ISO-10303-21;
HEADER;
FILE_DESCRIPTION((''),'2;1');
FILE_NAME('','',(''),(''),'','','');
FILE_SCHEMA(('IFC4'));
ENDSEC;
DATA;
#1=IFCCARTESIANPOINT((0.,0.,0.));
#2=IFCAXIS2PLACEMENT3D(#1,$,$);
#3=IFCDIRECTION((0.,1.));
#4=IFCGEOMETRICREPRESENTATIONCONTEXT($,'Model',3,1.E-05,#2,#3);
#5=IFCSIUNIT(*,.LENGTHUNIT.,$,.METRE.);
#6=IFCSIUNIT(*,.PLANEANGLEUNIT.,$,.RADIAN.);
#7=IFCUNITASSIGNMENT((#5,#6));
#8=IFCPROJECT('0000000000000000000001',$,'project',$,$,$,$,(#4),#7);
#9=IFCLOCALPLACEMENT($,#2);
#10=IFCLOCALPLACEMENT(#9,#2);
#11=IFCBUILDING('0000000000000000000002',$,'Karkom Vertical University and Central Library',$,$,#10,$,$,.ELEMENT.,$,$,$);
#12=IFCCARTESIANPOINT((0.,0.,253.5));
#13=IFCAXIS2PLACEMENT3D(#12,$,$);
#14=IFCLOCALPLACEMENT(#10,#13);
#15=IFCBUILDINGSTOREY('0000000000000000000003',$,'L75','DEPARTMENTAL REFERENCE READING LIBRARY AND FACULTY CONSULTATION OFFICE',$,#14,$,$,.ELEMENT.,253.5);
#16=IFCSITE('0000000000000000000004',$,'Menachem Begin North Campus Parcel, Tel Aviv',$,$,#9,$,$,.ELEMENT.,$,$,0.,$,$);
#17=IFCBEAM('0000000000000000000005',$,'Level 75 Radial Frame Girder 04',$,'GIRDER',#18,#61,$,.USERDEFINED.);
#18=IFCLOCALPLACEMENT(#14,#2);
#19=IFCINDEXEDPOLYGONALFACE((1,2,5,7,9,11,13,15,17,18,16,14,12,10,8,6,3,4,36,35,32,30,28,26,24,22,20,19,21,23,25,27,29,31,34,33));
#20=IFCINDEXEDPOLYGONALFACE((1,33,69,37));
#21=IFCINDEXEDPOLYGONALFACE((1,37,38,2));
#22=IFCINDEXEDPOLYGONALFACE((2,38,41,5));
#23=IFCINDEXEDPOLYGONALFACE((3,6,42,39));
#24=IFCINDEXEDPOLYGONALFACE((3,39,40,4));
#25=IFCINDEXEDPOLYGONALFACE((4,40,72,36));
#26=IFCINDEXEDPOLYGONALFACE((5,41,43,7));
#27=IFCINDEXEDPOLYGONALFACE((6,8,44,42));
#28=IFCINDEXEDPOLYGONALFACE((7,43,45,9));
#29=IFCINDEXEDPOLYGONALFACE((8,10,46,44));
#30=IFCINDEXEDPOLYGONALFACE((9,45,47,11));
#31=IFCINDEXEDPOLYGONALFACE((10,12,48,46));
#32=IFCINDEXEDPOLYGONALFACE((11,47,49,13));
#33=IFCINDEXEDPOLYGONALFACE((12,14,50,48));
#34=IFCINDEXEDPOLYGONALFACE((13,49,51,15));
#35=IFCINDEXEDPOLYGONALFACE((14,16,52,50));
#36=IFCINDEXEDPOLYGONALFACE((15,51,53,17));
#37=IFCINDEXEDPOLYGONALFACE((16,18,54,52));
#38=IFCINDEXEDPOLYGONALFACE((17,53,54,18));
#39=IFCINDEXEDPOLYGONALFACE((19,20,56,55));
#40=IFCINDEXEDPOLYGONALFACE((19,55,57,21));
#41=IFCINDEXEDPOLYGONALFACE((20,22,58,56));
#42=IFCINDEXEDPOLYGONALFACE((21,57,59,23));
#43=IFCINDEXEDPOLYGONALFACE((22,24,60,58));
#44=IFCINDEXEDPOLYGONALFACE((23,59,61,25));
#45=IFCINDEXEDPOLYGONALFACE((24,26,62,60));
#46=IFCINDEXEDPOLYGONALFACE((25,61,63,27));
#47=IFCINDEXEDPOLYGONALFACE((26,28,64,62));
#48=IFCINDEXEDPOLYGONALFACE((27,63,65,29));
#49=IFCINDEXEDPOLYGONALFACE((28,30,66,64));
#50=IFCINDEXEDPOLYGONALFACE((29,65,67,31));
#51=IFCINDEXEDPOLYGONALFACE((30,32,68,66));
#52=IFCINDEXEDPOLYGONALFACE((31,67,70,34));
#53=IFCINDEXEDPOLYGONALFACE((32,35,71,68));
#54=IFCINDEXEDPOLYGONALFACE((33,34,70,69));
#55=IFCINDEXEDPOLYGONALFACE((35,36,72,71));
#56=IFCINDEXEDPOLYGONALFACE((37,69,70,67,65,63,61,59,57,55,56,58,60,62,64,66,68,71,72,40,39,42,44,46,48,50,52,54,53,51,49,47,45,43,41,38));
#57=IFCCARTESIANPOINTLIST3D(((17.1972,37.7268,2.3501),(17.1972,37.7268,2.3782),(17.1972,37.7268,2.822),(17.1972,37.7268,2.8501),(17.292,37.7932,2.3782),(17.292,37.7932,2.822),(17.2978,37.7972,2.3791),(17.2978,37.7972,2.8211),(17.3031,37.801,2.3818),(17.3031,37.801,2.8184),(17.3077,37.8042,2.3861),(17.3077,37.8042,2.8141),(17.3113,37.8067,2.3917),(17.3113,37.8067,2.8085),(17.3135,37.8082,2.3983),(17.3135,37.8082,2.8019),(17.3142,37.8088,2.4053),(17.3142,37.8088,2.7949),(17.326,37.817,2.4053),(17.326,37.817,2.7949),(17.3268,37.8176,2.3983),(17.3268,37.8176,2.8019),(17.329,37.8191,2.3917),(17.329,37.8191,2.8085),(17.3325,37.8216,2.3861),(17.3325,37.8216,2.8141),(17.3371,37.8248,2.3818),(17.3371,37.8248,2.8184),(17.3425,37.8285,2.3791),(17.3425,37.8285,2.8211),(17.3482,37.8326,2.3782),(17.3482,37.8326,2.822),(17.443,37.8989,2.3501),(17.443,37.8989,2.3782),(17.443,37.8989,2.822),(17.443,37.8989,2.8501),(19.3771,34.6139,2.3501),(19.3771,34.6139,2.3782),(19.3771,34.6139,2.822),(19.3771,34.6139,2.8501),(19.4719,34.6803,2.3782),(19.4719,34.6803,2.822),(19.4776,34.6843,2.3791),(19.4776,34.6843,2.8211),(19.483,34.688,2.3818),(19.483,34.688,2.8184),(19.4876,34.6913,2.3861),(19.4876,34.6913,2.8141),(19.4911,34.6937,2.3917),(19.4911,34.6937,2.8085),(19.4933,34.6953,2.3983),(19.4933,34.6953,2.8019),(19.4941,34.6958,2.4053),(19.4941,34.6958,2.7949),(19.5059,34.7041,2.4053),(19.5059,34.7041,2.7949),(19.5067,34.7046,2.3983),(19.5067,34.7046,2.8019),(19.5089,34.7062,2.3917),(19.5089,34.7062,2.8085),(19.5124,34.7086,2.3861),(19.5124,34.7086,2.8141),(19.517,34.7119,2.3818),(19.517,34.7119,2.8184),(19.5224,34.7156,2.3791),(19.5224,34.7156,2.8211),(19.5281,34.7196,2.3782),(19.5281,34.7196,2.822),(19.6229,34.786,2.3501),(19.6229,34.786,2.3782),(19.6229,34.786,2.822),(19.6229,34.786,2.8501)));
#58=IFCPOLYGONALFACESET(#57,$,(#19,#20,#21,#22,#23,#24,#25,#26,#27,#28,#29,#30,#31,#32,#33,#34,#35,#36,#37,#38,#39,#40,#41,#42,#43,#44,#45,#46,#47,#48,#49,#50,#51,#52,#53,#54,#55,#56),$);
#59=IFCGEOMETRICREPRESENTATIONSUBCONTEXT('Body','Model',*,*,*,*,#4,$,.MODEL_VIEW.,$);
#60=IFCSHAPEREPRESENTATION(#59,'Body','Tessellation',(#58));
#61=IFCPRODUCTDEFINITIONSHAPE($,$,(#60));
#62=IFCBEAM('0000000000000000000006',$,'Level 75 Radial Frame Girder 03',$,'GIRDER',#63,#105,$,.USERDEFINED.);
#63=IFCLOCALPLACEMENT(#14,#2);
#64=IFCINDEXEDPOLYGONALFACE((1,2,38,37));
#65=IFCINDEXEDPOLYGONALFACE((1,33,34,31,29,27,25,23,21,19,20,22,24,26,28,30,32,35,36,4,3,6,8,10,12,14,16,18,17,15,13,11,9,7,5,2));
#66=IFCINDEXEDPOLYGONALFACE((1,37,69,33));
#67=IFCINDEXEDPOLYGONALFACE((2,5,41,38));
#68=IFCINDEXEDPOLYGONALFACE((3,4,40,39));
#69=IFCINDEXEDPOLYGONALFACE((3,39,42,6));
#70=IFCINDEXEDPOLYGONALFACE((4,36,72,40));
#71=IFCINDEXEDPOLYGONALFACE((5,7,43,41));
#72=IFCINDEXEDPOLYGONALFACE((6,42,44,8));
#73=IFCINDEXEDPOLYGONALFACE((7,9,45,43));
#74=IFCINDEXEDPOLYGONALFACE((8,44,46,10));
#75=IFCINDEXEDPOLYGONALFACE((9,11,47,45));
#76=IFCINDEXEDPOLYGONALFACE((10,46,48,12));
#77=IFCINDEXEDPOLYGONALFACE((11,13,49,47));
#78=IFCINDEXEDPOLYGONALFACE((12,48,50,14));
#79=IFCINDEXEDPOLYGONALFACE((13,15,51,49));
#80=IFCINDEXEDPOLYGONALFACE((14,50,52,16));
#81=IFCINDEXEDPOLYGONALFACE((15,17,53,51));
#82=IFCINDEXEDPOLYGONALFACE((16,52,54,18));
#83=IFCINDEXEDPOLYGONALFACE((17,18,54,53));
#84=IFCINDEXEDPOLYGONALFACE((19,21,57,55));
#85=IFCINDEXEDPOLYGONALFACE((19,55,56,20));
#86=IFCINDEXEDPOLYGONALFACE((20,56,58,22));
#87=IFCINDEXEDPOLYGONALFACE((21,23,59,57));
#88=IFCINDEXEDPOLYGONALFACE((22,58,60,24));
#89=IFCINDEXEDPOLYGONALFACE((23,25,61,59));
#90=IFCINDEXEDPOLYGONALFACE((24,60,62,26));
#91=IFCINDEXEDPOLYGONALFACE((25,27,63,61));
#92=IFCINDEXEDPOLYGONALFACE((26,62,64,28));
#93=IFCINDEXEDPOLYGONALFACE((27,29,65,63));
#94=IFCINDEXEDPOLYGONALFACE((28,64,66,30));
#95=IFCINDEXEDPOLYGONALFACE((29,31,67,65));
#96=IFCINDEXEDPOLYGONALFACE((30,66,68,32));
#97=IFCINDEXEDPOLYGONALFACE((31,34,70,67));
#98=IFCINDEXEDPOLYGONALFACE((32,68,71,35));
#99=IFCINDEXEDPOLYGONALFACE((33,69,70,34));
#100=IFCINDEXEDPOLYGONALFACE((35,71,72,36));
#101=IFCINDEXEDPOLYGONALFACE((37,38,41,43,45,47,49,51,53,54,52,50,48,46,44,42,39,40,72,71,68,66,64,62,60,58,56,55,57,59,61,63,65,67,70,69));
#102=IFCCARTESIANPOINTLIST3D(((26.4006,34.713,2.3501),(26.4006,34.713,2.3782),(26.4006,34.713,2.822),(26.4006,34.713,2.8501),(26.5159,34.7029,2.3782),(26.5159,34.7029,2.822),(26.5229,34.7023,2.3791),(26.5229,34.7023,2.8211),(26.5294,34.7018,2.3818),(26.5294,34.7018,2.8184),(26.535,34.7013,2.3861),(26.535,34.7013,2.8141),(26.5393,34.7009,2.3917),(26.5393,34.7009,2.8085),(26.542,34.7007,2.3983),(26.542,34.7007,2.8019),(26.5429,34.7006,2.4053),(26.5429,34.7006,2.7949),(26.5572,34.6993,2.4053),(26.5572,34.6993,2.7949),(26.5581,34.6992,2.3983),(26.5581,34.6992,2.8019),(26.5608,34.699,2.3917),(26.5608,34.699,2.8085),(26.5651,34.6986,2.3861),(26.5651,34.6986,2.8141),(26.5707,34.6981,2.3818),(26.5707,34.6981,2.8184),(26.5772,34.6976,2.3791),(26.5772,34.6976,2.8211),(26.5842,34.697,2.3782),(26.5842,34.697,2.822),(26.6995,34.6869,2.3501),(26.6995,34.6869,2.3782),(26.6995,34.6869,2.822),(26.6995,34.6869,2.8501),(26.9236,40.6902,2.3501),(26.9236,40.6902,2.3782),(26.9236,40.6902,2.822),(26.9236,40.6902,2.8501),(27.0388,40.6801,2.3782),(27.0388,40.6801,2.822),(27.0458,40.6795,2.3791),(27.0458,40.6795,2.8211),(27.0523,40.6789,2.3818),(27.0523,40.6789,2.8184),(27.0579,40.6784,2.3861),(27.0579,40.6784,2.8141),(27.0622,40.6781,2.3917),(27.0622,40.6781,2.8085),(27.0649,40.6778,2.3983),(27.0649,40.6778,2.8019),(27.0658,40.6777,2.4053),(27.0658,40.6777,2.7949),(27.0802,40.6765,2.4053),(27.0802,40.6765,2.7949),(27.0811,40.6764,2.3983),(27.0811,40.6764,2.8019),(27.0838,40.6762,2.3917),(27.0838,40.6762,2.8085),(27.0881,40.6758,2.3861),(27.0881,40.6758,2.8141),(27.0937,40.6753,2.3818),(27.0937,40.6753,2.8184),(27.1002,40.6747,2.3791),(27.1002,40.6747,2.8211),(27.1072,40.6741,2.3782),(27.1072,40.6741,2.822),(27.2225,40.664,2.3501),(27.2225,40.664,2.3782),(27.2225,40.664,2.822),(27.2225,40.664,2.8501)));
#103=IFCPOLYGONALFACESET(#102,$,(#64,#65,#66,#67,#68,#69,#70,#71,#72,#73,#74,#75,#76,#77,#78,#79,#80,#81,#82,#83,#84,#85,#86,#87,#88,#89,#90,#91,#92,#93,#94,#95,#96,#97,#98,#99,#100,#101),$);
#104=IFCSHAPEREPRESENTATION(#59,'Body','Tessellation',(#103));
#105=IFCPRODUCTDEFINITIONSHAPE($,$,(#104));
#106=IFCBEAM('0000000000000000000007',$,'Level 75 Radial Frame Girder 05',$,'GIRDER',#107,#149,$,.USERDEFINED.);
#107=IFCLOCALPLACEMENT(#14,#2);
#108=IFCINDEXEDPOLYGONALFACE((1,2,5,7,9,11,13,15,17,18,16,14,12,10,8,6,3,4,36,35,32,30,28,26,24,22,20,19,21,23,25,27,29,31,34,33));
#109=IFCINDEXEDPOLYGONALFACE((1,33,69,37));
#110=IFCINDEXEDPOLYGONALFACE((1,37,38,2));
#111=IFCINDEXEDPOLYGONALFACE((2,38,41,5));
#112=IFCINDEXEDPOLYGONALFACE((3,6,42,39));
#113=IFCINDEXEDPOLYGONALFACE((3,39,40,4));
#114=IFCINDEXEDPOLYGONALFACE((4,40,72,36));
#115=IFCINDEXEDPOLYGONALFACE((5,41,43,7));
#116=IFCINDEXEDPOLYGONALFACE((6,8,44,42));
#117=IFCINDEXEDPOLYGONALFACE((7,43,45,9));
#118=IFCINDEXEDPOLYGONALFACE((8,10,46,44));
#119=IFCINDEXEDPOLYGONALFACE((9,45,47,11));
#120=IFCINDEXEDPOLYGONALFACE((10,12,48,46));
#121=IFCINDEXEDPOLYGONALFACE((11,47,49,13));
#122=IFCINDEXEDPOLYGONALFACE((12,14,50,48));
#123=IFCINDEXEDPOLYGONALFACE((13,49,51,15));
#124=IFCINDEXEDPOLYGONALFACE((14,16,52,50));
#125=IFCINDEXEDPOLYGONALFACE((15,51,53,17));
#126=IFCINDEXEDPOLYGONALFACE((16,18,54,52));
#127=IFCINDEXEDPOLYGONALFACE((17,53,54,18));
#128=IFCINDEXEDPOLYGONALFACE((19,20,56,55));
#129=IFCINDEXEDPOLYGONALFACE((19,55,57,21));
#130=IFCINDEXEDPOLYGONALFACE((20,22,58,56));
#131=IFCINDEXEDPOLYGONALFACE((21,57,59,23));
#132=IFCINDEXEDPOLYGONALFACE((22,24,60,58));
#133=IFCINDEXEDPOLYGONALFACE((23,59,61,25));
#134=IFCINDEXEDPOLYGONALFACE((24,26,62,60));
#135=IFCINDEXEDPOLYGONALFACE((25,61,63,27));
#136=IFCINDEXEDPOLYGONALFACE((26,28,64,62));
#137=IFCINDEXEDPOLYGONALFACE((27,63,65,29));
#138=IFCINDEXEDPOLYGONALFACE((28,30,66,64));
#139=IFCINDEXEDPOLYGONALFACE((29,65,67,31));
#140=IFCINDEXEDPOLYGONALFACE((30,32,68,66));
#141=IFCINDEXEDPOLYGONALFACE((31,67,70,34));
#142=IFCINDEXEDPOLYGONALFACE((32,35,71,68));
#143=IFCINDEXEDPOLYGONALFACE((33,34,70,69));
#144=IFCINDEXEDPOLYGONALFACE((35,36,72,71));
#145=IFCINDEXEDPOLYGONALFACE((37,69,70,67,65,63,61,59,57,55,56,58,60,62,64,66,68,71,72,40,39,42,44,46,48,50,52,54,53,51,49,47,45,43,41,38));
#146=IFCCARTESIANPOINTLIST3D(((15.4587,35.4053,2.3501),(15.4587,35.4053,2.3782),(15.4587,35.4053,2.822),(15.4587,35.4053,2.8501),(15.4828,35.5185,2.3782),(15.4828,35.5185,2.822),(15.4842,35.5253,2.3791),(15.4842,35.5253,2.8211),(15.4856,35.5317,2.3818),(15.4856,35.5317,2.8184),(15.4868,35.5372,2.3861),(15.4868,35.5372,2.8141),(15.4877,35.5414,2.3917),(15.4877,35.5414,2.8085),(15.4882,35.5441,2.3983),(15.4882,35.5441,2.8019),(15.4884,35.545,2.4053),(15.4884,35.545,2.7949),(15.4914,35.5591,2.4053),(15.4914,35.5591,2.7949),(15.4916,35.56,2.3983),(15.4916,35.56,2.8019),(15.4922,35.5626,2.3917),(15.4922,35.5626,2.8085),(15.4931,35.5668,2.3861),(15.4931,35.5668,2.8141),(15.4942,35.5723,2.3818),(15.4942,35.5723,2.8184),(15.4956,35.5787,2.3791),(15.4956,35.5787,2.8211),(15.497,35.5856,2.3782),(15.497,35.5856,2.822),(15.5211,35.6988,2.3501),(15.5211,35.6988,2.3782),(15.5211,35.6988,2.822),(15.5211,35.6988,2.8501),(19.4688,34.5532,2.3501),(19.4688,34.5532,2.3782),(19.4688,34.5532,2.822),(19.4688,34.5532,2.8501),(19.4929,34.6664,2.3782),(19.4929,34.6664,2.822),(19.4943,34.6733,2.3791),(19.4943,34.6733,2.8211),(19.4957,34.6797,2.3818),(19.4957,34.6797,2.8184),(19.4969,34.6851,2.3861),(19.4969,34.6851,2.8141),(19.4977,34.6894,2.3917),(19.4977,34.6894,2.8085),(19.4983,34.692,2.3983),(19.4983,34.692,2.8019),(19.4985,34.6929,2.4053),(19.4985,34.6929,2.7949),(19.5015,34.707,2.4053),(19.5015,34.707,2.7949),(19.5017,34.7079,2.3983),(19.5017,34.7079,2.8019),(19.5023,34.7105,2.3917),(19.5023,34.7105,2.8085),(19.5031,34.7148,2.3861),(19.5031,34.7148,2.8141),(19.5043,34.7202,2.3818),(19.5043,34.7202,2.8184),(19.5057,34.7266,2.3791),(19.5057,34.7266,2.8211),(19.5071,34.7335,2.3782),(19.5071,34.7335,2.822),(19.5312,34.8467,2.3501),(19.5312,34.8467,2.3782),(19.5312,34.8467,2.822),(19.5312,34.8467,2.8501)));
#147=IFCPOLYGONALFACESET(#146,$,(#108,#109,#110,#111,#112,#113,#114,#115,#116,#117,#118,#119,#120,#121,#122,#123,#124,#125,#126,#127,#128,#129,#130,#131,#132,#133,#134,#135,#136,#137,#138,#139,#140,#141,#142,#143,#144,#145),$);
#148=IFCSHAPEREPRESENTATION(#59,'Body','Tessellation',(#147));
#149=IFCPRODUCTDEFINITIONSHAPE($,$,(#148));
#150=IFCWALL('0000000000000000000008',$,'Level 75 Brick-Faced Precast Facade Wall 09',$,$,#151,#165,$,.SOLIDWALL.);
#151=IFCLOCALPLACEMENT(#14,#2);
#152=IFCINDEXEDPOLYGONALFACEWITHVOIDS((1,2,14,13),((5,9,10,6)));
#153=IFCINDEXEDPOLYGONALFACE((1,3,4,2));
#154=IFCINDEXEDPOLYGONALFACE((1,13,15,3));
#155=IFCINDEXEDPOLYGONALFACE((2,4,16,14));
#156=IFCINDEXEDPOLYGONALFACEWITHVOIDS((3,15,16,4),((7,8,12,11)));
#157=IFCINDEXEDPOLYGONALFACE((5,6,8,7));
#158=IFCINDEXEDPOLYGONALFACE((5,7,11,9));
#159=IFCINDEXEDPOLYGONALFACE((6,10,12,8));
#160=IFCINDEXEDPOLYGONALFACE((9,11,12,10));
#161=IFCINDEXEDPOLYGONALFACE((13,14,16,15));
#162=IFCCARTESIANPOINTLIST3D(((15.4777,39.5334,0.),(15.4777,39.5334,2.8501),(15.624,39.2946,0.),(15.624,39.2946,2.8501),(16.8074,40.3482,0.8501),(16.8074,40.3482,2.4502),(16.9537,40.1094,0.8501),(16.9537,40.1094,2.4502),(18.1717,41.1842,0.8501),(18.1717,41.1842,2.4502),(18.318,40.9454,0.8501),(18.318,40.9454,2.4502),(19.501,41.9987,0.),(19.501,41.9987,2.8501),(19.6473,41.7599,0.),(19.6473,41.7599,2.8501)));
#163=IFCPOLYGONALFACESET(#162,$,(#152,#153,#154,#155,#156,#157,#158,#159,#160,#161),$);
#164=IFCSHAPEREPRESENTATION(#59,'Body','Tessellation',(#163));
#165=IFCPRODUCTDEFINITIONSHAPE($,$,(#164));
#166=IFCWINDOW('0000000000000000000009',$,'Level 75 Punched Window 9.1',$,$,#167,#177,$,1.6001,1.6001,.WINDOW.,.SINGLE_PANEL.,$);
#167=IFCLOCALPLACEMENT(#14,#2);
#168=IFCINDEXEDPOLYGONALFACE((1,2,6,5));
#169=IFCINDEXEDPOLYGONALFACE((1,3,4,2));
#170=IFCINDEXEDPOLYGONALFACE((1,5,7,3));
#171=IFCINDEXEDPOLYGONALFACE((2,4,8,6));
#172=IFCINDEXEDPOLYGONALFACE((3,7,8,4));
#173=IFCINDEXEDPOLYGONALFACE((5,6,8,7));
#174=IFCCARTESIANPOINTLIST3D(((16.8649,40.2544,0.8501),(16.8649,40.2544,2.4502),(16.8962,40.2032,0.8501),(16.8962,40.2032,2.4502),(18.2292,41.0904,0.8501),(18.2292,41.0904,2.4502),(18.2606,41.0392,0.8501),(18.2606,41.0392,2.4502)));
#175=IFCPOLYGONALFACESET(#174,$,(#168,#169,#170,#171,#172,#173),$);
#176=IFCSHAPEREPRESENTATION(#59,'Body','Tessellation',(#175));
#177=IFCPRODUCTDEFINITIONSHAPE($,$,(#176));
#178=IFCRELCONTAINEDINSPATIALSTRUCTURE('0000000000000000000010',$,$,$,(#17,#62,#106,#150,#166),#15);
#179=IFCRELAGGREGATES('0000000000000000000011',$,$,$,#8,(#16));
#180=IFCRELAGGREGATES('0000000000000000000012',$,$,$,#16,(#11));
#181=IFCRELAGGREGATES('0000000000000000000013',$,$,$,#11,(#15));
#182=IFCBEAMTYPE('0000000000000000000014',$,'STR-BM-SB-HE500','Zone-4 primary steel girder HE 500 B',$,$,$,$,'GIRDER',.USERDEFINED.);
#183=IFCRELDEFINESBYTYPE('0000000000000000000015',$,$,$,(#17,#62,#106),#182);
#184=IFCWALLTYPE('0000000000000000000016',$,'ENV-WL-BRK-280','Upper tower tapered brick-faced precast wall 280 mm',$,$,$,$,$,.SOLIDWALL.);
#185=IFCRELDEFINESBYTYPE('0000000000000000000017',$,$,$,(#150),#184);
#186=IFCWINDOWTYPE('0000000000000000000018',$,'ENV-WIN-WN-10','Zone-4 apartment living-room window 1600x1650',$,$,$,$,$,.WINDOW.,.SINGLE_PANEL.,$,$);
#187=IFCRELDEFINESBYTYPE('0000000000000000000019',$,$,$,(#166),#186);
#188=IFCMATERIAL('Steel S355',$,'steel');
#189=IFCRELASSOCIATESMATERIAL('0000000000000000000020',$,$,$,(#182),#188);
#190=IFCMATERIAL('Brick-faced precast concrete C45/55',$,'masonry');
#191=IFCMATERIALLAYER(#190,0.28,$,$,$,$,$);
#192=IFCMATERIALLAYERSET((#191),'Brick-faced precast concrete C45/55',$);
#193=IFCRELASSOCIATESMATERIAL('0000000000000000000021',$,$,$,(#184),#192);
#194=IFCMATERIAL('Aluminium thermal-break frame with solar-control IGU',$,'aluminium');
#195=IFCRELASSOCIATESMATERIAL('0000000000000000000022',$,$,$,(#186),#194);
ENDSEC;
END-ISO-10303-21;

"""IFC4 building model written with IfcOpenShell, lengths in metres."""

from ifc_helpers import new_model, si_unit, direction, frame, frame_2d, origin, origin_with_axes, origin_2d, place, context, subcontext, project, spatial, rectangle, i_section, extrude, source, transform, mapped, material, layer, layer_set, material_profile, profile_set, type_object, element, fill, save


model = new_model("IFC4")

# Units and contexts
model_context = context("Model", 3, precision=1e-05, world=origin(), true_north=direction((0.0, 1.0)))
body_context = subcontext(model_context, "Body", "Model", "MODEL_VIEW")
ifc_project = project(units=[si_unit("LENGTHUNIT", "METRE"), si_unit("PLANEANGLEUNIT", "RADIAN")], contexts=[model_context])

# Site, building, storey
site_placement = place(None, origin())
site = spatial("IfcSite", under=ifc_project, at=site_placement, Name="Menachem Begin North Campus Parcel, Tel Aviv", CompositionType="ELEMENT", RefElevation=0.0)
building_placement = place(site_placement, origin())
building = spatial("IfcBuilding", under=site, at=building_placement, Name="Karkom Vertical University and Central Library", CompositionType="ELEMENT")
storey_placement = place(building_placement, frame((0.0, 0.0, 253.5)))
storey = spatial("IfcBuildingStorey", under=building, at=storey_placement, Name="L75", Description="DEPARTMENTAL REFERENCE READING LIBRARY AND FACULTY CONSULTATION OFFICE", CompositionType="ELEMENT", Elevation=253.5)

# Beams
ifc_material_1 = material(Name="Steel S355", Category="steel")
ifc_material_profile_1 = material_profile(ifc_material_1, i_section(OverallWidth=0.3, OverallDepth=0.5, WebThickness=0.0144, FlangeThickness=0.0281, FilletRadius=0.0271, at=origin_2d()), Name="HE 500 B")
ifc_profile_set_1 = profile_set([ifc_material_profile_1], Name="Steel S355")
beam_type_1 = type_object("IfcBeamType", Name="STR-BM-SB-HE500", Description="Zone-4 primary steel girder HE 500 B", ElementType="GIRDER", PredefinedType="USERDEFINED", material=ifc_profile_set_1)
shared_shape_1 = source(origin_with_axes(), body_context, "Body", "SweptSolid", [
    extrude(i_section(OverallWidth=0.3, OverallDepth=0.5, WebThickness=0.0144, FlangeThickness=0.0281, FilletRadius=0.0271, at=origin_2d()), origin(), (0.0, 0.0, 1.0), 3.8003),
])
beam_1_placement = place(storey_placement, frame((19.5, 34.7, 2.6001), z_axis=(-0.573605, 0.819132, 0.0), x_axis=(-0.819132, -0.573605, 0.0)))
element("IfcBeam", 1, at=beam_1_placement, inside=storey, type_object=beam_type_1, Name="Level 75 Radial Frame Girder 04", ObjectType="GIRDER", PredefinedType="USERDEFINED", context=body_context, shape_type="MappedRepresentation", body=[
    mapped(shared_shape_1, transform((0.0, 0.0, 0.0), scale=1.0)),
])
shared_shape_2 = source(origin_with_axes(), body_context, "Body", "SweptSolid", [
    extrude(i_section(OverallWidth=0.3, OverallDepth=0.5, WebThickness=0.0144, FlangeThickness=0.0281, FilletRadius=0.0271, at=origin_2d()), origin(), (0.0, 0.0, 1.0), 6.0),
])
beam_2_placement = place(storey_placement, frame((26.55, 34.7, 2.6001), z_axis=(0.08716, 0.996194, 0.0), x_axis=(-0.996194, 0.08716, 0.0)))
element("IfcBeam", 2, at=beam_2_placement, inside=storey, type_object=beam_type_1, Name="Level 75 Radial Frame Girder 03", ObjectType="GIRDER", PredefinedType="USERDEFINED", context=body_context, shape_type="MappedRepresentation", body=[
    mapped(shared_shape_2, transform((0.0, 0.0, 0.0), scale=1.0)),
])
shared_shape_3 = source(origin_with_axes(), body_context, "Body", "SweptSolid", [
    extrude(i_section(OverallWidth=0.3, OverallDepth=0.5, WebThickness=0.0144, FlangeThickness=0.0281, FilletRadius=0.0271, at=origin_2d()), origin(), (0.0, 0.0, 1.0), 4.0996),
])
beam_3_placement = place(storey_placement, frame((19.5, 34.7, 2.6001), z_axis=(-0.978163, 0.207841, 0.0), x_axis=(-0.207841, -0.978163, 0.0)))
element("IfcBeam", 3, at=beam_3_placement, inside=storey, type_object=beam_type_1, Name="Level 75 Radial Frame Girder 05", ObjectType="GIRDER", PredefinedType="USERDEFINED", context=body_context, shape_type="MappedRepresentation", body=[
    mapped(shared_shape_3, transform((0.0, 0.0, 0.0), scale=1.0)),
])

# Wall, opening, window
ifc_material_2 = material(Name="Brick-faced precast concrete C45/55", Category="masonry")
ifc_layer_1 = layer(ifc_material_2, 0.28)
ifc_layer_set_1 = layer_set([ifc_layer_1], Name="Brick-faced precast concrete C45/55")
wall_type_1 = type_object("IfcWallType", Name="ENV-WL-BRK-280", Description="Upper tower tapered brick-faced precast wall 280 mm", PredefinedType="SOLIDWALL", material=ifc_layer_set_1)
wall_1_placement = place(storey_placement, frame((19.5742, 41.8794, 0.0), z_axis=(0.0, 0.0, 1.0), x_axis=(-0.852648, -0.522486, 0.0)))
wall_1 = element("IfcWall", 4, at=wall_1_placement, inside=storey, type_object=wall_type_1, Name="Level 75 Brick-Faced Precast Facade Wall 09", PredefinedType="SOLIDWALL", context=body_context, shape_type="SweptSolid", body=[
    extrude(rectangle(XDim=4.7185, YDim=0.28, at=frame_2d((2.3594, 0.0))), origin(), (0.0, 0.0, 1.0), 2.8501),
])
opening_1_placement = place(wall_1_placement, frame((1.5591, 0.0, 0.8501)))
opening_1 = element("IfcOpeningElement", 5, at=opening_1_placement, cuts=wall_1, PredefinedType="OPENING", context=body_context, shape_type="SweptSolid", body=[
    extrude(rectangle(XDim=1.6001, YDim=1.6001, at=frame_2d((0.8, 0.8))), frame((0.0, 0.1499, 0.0), z_axis=(0.0, -1.0, 0.0), x_axis=(1.0, 0.0, 0.0)), (0.0, 0.0, 1.0), 0.3),
])
ifc_material_3 = material(Name="Aluminium thermal-break frame with solar-control IGU", Category="aluminium")
window_type = type_object("IfcWindowType", Name="ENV-WIN-WN-10", Description="Zone-4 apartment living-room window 1600x1650", PartitioningType="SINGLE_PANEL", PredefinedType="WINDOW", material=ifc_material_3)
shared_shape_4 = source(origin_with_axes(), body_context, "Body", "SweptSolid", [
    extrude(rectangle(XDim=1.6001, YDim=1.6001, at=frame_2d((0.8, 0.8))), frame((0.0, 0.03, 0.0), z_axis=(0.0, -1.0, 0.0), x_axis=(1.0, 0.0, 0.0)), (0.0, 0.0, 1.0), 0.0601),
])
window_1_placement = place(opening_1_placement, origin())
window_1 = element("IfcWindow", 6, at=window_1_placement, inside=storey, type_object=window_type, Name="Level 75 Punched Window 9.1", OverallHeight=1.6001, OverallWidth=1.6001, PartitioningType="SINGLE_PANEL", PredefinedType="WINDOW", context=body_context, shape_type="MappedRepresentation", body=[
    mapped(shared_shape_4, transform((0.0, 0.0, 0.0), scale=1.0)),
])
fill(opening_1, window_1)

save(model, "model.ifc")
